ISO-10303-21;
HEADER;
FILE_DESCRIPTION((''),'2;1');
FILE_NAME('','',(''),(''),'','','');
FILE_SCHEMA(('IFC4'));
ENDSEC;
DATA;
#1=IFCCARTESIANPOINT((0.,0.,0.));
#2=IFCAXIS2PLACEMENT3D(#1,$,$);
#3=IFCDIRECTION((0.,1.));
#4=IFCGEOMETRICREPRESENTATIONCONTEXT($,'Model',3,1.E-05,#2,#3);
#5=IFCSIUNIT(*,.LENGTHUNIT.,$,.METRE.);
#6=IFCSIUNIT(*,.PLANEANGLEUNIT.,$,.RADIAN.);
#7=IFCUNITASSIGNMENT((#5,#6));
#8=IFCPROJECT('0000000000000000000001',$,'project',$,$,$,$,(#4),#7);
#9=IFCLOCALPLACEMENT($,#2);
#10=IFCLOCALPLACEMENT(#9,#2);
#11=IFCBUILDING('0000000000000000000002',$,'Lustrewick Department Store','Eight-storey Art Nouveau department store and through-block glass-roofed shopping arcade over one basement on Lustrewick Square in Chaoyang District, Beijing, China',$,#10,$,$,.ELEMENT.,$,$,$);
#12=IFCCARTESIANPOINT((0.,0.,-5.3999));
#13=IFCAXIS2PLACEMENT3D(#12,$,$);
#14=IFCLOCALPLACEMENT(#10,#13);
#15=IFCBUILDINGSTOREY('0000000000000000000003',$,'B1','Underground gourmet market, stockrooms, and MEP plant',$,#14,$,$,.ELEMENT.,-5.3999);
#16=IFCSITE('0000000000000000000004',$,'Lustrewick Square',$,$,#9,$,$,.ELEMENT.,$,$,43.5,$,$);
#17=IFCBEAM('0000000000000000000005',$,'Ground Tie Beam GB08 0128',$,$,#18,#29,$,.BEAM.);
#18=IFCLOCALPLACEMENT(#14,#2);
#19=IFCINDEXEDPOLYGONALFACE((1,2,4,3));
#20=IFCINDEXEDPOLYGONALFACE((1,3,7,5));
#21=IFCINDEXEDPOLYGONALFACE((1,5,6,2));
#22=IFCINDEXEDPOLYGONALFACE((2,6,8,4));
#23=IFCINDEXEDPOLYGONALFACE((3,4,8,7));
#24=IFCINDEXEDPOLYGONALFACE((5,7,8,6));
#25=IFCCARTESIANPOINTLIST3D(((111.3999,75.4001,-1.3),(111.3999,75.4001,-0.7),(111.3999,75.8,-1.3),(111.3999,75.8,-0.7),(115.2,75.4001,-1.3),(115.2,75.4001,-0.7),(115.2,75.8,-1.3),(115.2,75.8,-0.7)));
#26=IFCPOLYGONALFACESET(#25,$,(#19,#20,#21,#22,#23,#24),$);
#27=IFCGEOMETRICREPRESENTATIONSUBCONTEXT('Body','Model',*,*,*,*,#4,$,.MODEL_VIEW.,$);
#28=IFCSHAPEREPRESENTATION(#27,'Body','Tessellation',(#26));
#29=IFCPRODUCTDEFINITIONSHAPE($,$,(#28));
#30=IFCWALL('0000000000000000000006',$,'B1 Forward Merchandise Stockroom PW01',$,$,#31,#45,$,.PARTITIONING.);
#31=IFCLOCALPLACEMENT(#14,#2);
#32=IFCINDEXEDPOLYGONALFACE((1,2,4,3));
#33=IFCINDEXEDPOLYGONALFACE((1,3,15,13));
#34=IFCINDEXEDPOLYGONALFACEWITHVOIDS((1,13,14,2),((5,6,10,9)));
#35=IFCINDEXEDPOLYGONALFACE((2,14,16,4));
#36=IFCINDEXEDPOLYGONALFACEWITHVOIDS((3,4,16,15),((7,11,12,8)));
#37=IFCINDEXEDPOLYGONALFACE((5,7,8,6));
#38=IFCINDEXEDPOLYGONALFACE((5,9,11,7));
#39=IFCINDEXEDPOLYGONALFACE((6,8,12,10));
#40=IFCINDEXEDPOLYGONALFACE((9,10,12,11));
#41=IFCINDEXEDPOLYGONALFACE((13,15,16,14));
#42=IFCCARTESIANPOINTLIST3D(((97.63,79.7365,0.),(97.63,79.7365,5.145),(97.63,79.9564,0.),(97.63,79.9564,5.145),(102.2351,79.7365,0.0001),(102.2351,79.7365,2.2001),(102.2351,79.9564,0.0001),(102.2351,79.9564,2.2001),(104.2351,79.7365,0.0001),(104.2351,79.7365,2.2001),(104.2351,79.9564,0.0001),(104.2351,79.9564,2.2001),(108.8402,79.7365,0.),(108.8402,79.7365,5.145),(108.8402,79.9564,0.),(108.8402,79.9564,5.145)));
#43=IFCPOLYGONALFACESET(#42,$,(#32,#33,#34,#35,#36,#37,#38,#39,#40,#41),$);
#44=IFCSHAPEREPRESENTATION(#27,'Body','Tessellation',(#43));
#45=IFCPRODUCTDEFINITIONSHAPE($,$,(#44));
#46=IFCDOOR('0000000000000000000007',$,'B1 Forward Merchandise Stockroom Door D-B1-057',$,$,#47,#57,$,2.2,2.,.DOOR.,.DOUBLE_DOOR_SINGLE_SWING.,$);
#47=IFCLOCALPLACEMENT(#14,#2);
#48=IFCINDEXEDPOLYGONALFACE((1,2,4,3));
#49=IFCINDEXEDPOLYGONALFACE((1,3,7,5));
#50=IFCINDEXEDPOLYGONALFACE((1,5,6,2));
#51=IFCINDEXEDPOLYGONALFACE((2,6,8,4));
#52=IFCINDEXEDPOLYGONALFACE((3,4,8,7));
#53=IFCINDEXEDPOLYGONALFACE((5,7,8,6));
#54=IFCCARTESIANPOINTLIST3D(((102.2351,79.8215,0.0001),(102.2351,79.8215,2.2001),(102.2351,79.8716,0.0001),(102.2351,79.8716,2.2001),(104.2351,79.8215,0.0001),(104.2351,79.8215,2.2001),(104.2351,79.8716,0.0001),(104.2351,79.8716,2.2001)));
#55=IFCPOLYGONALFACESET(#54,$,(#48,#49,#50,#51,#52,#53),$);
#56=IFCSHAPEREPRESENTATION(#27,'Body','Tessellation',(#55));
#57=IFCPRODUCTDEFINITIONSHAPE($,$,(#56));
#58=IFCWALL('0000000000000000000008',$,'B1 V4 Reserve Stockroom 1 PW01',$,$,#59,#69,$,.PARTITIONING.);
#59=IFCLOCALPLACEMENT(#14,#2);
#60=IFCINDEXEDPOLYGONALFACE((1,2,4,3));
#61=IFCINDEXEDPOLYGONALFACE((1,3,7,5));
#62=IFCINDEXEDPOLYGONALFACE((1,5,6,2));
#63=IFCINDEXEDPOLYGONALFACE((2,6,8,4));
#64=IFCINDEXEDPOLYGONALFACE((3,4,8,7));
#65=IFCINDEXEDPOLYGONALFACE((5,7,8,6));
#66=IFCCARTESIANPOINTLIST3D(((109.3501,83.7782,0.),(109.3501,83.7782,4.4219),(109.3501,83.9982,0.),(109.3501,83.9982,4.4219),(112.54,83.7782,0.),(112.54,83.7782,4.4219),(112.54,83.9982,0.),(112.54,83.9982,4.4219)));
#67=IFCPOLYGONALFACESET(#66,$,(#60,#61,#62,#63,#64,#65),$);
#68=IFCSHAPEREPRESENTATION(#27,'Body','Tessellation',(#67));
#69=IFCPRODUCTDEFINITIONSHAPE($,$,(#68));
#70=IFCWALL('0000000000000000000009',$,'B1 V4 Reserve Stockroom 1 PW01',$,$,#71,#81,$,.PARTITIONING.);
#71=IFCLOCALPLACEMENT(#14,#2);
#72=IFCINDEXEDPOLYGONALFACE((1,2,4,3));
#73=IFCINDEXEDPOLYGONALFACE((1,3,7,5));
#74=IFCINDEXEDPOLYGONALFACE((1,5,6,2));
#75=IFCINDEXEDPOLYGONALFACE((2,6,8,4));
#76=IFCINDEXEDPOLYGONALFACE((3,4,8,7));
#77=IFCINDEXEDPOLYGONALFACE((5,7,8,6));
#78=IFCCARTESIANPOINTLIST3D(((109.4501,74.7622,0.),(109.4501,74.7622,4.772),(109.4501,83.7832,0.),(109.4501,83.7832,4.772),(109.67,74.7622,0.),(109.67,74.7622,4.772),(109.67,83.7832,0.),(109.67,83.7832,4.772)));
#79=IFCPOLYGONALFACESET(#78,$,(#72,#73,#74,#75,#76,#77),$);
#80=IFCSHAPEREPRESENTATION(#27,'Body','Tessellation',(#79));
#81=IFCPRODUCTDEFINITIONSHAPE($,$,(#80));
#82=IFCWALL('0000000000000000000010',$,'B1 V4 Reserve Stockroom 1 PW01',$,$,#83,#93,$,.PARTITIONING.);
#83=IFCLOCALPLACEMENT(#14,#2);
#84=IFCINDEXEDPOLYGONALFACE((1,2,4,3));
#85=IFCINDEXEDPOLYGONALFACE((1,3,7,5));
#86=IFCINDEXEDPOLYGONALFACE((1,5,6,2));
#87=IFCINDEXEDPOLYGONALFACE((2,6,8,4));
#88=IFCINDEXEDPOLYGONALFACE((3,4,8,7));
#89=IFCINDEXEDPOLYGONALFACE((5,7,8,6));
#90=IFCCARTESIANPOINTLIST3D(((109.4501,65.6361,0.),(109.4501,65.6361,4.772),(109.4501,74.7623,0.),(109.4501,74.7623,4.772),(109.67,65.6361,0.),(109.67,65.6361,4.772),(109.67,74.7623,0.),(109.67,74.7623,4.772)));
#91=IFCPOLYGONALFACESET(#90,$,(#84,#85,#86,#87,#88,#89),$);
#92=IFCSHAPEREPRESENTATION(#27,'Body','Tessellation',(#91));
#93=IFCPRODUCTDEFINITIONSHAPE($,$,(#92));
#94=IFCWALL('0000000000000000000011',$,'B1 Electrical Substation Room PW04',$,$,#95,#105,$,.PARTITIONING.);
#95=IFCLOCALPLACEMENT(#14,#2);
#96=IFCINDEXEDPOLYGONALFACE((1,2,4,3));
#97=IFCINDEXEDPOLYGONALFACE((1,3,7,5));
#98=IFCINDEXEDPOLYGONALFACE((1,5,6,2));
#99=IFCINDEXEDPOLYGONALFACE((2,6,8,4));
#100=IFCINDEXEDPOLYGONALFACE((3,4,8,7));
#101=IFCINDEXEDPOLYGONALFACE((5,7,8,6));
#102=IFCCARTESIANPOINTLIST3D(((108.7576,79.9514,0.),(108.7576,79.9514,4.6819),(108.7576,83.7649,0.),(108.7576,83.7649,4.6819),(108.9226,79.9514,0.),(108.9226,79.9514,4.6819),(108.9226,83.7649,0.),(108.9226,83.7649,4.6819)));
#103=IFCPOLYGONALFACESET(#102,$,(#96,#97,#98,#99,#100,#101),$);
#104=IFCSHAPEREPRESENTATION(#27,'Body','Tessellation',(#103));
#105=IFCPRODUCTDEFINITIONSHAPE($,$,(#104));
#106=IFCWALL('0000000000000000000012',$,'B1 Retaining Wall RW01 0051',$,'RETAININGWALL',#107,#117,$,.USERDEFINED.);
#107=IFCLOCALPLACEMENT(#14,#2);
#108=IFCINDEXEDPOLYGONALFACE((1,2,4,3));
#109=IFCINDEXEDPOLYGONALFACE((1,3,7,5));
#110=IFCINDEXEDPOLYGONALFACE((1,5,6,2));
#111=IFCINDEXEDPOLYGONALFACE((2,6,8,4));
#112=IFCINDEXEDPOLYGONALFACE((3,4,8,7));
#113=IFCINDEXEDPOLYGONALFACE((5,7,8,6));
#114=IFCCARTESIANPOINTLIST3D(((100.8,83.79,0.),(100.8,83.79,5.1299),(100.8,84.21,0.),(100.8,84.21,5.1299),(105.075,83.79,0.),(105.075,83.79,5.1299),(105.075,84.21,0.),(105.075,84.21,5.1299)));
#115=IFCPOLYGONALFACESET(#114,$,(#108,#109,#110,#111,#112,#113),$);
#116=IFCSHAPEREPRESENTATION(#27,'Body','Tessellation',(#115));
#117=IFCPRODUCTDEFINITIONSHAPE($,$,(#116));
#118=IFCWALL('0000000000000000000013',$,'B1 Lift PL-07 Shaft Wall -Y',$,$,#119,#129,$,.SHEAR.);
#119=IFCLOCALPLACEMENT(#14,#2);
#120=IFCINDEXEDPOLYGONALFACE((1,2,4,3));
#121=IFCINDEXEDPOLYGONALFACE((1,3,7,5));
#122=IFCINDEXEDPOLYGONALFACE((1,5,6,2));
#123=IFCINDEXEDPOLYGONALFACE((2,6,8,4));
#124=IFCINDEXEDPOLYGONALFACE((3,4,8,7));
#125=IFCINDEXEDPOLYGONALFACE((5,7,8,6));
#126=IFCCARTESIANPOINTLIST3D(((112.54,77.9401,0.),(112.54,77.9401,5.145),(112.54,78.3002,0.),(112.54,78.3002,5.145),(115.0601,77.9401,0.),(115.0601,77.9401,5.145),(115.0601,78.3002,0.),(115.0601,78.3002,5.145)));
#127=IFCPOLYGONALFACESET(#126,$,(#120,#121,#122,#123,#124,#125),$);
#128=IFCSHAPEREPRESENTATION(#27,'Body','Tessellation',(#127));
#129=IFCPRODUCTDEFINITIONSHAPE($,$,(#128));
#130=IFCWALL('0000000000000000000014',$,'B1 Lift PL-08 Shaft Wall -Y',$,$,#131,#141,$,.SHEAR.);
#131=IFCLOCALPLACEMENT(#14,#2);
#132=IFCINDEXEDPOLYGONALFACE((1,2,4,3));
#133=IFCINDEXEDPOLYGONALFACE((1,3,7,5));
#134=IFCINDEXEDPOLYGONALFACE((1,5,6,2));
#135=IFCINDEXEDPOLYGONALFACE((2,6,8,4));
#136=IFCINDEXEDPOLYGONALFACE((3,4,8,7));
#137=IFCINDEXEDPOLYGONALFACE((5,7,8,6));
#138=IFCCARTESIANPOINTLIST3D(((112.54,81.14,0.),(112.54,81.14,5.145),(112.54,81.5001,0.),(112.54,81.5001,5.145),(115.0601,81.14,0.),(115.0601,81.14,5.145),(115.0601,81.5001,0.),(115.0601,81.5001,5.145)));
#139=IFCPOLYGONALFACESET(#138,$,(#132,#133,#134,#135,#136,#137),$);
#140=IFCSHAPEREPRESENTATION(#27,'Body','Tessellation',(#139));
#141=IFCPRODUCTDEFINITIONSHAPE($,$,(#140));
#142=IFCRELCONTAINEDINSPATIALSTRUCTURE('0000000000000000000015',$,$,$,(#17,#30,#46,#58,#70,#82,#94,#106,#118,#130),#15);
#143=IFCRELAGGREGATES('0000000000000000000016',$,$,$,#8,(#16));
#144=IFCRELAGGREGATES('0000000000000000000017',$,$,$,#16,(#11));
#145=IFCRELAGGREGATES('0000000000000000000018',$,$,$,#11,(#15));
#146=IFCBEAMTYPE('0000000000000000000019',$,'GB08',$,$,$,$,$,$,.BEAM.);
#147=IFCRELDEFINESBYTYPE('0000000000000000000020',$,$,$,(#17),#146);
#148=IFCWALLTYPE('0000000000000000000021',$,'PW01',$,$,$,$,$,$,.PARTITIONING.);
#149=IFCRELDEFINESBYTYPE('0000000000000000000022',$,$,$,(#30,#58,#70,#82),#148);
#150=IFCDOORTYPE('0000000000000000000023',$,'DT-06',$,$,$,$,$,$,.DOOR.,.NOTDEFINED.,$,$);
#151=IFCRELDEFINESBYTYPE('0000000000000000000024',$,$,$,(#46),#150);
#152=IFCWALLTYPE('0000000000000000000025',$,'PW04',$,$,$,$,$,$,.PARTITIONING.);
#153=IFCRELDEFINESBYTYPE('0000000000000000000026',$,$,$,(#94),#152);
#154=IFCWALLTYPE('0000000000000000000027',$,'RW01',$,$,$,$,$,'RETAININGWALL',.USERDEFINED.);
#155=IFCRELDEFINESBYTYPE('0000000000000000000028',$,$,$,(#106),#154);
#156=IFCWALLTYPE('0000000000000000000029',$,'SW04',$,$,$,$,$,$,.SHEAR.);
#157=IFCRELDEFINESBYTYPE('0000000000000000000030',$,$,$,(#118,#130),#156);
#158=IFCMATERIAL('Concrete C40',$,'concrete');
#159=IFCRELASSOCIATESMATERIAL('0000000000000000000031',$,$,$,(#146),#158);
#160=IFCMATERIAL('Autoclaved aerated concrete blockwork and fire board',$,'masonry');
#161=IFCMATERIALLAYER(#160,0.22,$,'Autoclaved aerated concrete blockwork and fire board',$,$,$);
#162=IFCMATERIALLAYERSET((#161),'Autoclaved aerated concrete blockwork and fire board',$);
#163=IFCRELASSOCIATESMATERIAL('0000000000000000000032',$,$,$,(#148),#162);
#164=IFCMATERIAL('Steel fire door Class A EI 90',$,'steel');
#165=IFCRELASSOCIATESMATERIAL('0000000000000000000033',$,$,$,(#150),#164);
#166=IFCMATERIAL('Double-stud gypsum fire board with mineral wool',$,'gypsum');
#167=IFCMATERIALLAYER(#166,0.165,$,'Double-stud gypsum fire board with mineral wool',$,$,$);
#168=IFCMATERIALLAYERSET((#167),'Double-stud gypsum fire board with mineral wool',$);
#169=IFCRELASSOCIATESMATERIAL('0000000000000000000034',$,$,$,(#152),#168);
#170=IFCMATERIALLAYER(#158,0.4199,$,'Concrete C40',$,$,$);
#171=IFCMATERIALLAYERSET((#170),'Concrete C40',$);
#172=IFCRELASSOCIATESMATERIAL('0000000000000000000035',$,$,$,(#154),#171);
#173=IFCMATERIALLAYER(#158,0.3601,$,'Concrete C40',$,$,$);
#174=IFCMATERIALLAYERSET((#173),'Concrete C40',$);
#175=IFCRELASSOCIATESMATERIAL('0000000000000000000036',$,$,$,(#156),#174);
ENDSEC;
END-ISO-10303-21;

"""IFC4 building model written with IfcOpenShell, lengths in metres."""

from ifc_helpers import new_model, si_unit, direction, frame, frame_2d, origin, origin_2d, place, context, subcontext, project, spatial, rectangle, extrude, material, layer, layer_set, material_profile, profile_set, type_object, element, fill, save


model = new_model("IFC4")

# Units and contexts
model_context = context("Model", 3, precision=1e-05, world=origin(), true_north=direction((0.0, 1.0)))
body_context = subcontext(model_context, "Body", "Model", "MODEL_VIEW")
ifc_project = project(units=[si_unit("LENGTHUNIT", "METRE"), si_unit("PLANEANGLEUNIT", "RADIAN")], contexts=[model_context])

# Site, building, storey
site_placement = place(None, origin())
site = spatial("IfcSite", under=ifc_project, at=site_placement, Name="Lustrewick Square", CompositionType="ELEMENT", RefElevation=43.5)
building_placement = place(site_placement, origin())
building = spatial("IfcBuilding", under=site, at=building_placement, Name="Lustrewick Department Store", Description="Eight-storey Art Nouveau department store and through-block glass-roofed shopping arcade over one basement on Lustrewick Square in Chaoyang District, Beijing, China", CompositionType="ELEMENT")
storey_placement = place(building_placement, frame((0.0, 0.0, -5.3999)))
storey = spatial("IfcBuildingStorey", under=building, at=storey_placement, Name="B1", Description="Underground gourmet market, stockrooms, and MEP plant", CompositionType="ELEMENT", Elevation=-5.3999)

# Shared definitions
ifc_material_1 = material(Name="Concrete C40", Category="concrete")

# Beam
ifc_material_profile_1 = material_profile(ifc_material_1, rectangle(XDim=0.3999, YDim=0.6001, at=origin_2d()), Name="RC 400x600")
ifc_profile_set_1 = profile_set([ifc_material_profile_1], Name="Concrete C40")
beam_type_1 = type_object("IfcBeamType", Name="GB08", PredefinedType="BEAM", material=ifc_profile_set_1)
beam_1_placement = place(storey_placement, frame((111.3999, 75.6001, -1.0), z_axis=(1.0, 0.0, 0.0), x_axis=(0.0, 1.0, 0.0)))
element("IfcBeam", 1, at=beam_1_placement, inside=storey, type_object=beam_type_1, Name="Ground Tie Beam GB08 0128", PredefinedType="BEAM", context=body_context, shape_type="SweptSolid", body=[
    extrude(rectangle(XDim=0.3999, YDim=0.6001, at=origin_2d()), origin(), (0.0, 0.0, 1.0), 3.8),
])

# Wall, opening, door
ifc_material_2 = material(Name="Autoclaved aerated concrete blockwork and fire board", Category="masonry")
ifc_layer_1 = layer(ifc_material_2, 0.22, Name="Autoclaved aerated concrete blockwork and fire board")
ifc_layer_set_1 = layer_set([ifc_layer_1], Name="Autoclaved aerated concrete blockwork and fire board")
wall_type_1 = type_object("IfcWallType", Name="PW01", PredefinedType="PARTITIONING", material=ifc_layer_set_1)
wall_1_placement = place(storey_placement, frame((108.8401, 79.8464, 0.0), z_axis=(0.0, 0.0, 1.0), x_axis=(-1.0, 0.0, 0.0)))
wall_1 = element("IfcWall", 2, at=wall_1_placement, inside=storey, type_object=wall_type_1, Name="B1 Forward Merchandise Stockroom PW01", PredefinedType="PARTITIONING", context=body_context, shape_type="SweptSolid", body=[
    extrude(rectangle(XDim=11.2102, YDim=0.22, at=frame_2d((5.605, 0.0))), origin(), (0.0, 0.0, 1.0), 5.145),
])
opening_placement = place(wall_1_placement, frame((4.605, 0.0, 0.0)))
opening = element("IfcOpeningElement", 3, at=opening_placement, cuts=wall_1, PredefinedType="OPENING", context=body_context, shape_type="SweptSolid", body=[
    extrude(rectangle(XDim=2.0, YDim=2.2, at=frame_2d((1.0, 1.1001))), frame((0.0, 0.1201, 0.0), z_axis=(0.0, -1.0, 0.0), x_axis=(1.0, 0.0, 0.0)), (0.0, 0.0, 1.0), 0.24),
])
ifc_material_3 = material(Name="Steel fire door Class A EI 90", Category="steel")
door_type = type_object("IfcDoorType", Name="DT-06", OperationType="NOTDEFINED", PredefinedType="DOOR", material=ifc_material_3)
door_placement = place(opening_placement, origin())
door = element("IfcDoor", 4, at=door_placement, inside=storey, type_object=door_type, Name="B1 Forward Merchandise Stockroom Door D-B1-057", OperationType="DOUBLE_DOOR_SINGLE_SWING", OverallHeight=2.2, OverallWidth=2.0, PredefinedType="DOOR", context=body_context, shape_type="SweptSolid", body=[
    extrude(rectangle(XDim=2.0, YDim=2.2, at=frame_2d((1.0, 1.1001))), frame((0.0, 0.0249, 0.0), z_axis=(0.0, -1.0, 0.0), x_axis=(1.0, 0.0, 0.0)), (0.0, 0.0, 1.0), 0.05),
])
fill(opening, door)

# Walls
wall_2_placement = place(storey_placement, frame((112.54, 83.8882, 0.0), z_axis=(0.0, 0.0, 1.0), x_axis=(-1.0, 0.0, 0.0)))
element("IfcWall", 5, at=wall_2_placement, inside=storey, type_object=wall_type_1, Name="B1 V4 Reserve Stockroom 1 PW01", PredefinedType="PARTITIONING", context=body_context, shape_type="SweptSolid", body=[
    extrude(rectangle(XDim=3.1899, YDim=0.22, at=frame_2d((1.595, 0.0))), origin(), (0.0, 0.0, 1.0), 4.4219),
])
wall_3_placement = place(storey_placement, frame((109.5601, 83.7832, 0.0), z_axis=(0.0, 0.0, 1.0), x_axis=(0.0, -1.0, 0.0)))
element("IfcWall", 6, at=wall_3_placement, inside=storey, type_object=wall_type_1, Name="B1 V4 Reserve Stockroom 1 PW01", PredefinedType="PARTITIONING", context=body_context, shape_type="SweptSolid", body=[
    extrude(rectangle(XDim=9.021, YDim=0.22, at=frame_2d((4.5105, 0.0))), origin(), (0.0, 0.0, 1.0), 4.772),
])
wall_4_placement = place(storey_placement, frame((109.5601, 74.7622, 0.0), z_axis=(0.0, 0.0, 1.0), x_axis=(0.0, -1.0, 0.0)))
element("IfcWall", 7, at=wall_4_placement, inside=storey, type_object=wall_type_1, Name="B1 V4 Reserve Stockroom 1 PW01", PredefinedType="PARTITIONING", context=body_context, shape_type="SweptSolid", body=[
    extrude(rectangle(XDim=9.1262, YDim=0.22, at=frame_2d((4.563, 0.0))), origin(), (0.0, 0.0, 1.0), 4.772),
])
ifc_material_4 = material(Name="Double-stud gypsum fire board with mineral wool", Category="gypsum")
ifc_layer_2 = layer(ifc_material_4, 0.165, Name="Double-stud gypsum fire board with mineral wool")
ifc_layer_set_2 = layer_set([ifc_layer_2], Name="Double-stud gypsum fire board with mineral wool")
wall_type_2 = type_object("IfcWallType", Name="PW04", PredefinedType="PARTITIONING", material=ifc_layer_set_2)
wall_5_placement = place(storey_placement, frame((108.8401, 79.9514, 0.0), z_axis=(0.0, 0.0, 1.0), x_axis=(0.0, 1.0, 0.0)))
element("IfcWall", 8, at=wall_5_placement, inside=storey, type_object=wall_type_2, Name="B1 Electrical Substation Room PW04", PredefinedType="PARTITIONING", context=body_context, shape_type="SweptSolid", body=[
    extrude(rectangle(XDim=3.8135, YDim=0.165, at=frame_2d((1.9067, 0.0))), origin(), (0.0, 0.0, 1.0), 4.6819),
])
ifc_layer_3 = layer(ifc_material_1, 0.4199, Name="Concrete C40")
ifc_layer_set_3 = layer_set([ifc_layer_3], Name="Concrete C40")
wall_type_3 = type_object("IfcWallType", Name="RW01", ElementType="RETAININGWALL", PredefinedType="USERDEFINED", material=ifc_layer_set_3)
wall_6_placement = place(storey_placement, frame((100.8, 84.0, 0.0), z_axis=(0.0, 0.0, 1.0), x_axis=(1.0, 0.0, 0.0)))
element("IfcWall", 9, at=wall_6_placement, inside=storey, type_object=wall_type_3, Name="B1 Retaining Wall RW01 0051", ObjectType="RETAININGWALL", PredefinedType="USERDEFINED", context=body_context, shape_type="SweptSolid", body=[
    extrude(rectangle(XDim=4.2749, YDim=0.4199, at=frame_2d((2.1375, 0.0))), origin(), (0.0, 0.0, 1.0), 5.1299),
])
ifc_layer_4 = layer(ifc_material_1, 0.3601, Name="Concrete C40")
ifc_layer_set_4 = layer_set([ifc_layer_4], Name="Concrete C40")
wall_type_4 = type_object("IfcWallType", Name="SW04", PredefinedType="SHEAR", material=ifc_layer_set_4)
for number, where, z_axis, x_axis, name in (
    (10, (112.54, 78.1201, 0.0), (0.0, 0.0, 1.0), (1.0, 0.0, 0.0), "B1 Lift PL-07 Shaft Wall -Y"),
    (11, (112.54, 81.3201, 0.0), (0.0, 0.0, 1.0), (1.0, 0.0, 0.0), "B1 Lift PL-08 Shaft Wall -Y"),
):
    element("IfcWall", number, at=place(storey_placement, frame(where, z_axis=z_axis, x_axis=x_axis)), inside=storey, type_object=wall_type_4, Name=name, PredefinedType="SHEAR", context=body_context, shape_type="SweptSolid", body=[
        extrude(rectangle(XDim=2.52, YDim=0.3601, at=frame_2d((1.26, 0.0))), origin(), (0.0, 0.0, 1.0), 5.145),
    ])

save(model, "model.ifc")
